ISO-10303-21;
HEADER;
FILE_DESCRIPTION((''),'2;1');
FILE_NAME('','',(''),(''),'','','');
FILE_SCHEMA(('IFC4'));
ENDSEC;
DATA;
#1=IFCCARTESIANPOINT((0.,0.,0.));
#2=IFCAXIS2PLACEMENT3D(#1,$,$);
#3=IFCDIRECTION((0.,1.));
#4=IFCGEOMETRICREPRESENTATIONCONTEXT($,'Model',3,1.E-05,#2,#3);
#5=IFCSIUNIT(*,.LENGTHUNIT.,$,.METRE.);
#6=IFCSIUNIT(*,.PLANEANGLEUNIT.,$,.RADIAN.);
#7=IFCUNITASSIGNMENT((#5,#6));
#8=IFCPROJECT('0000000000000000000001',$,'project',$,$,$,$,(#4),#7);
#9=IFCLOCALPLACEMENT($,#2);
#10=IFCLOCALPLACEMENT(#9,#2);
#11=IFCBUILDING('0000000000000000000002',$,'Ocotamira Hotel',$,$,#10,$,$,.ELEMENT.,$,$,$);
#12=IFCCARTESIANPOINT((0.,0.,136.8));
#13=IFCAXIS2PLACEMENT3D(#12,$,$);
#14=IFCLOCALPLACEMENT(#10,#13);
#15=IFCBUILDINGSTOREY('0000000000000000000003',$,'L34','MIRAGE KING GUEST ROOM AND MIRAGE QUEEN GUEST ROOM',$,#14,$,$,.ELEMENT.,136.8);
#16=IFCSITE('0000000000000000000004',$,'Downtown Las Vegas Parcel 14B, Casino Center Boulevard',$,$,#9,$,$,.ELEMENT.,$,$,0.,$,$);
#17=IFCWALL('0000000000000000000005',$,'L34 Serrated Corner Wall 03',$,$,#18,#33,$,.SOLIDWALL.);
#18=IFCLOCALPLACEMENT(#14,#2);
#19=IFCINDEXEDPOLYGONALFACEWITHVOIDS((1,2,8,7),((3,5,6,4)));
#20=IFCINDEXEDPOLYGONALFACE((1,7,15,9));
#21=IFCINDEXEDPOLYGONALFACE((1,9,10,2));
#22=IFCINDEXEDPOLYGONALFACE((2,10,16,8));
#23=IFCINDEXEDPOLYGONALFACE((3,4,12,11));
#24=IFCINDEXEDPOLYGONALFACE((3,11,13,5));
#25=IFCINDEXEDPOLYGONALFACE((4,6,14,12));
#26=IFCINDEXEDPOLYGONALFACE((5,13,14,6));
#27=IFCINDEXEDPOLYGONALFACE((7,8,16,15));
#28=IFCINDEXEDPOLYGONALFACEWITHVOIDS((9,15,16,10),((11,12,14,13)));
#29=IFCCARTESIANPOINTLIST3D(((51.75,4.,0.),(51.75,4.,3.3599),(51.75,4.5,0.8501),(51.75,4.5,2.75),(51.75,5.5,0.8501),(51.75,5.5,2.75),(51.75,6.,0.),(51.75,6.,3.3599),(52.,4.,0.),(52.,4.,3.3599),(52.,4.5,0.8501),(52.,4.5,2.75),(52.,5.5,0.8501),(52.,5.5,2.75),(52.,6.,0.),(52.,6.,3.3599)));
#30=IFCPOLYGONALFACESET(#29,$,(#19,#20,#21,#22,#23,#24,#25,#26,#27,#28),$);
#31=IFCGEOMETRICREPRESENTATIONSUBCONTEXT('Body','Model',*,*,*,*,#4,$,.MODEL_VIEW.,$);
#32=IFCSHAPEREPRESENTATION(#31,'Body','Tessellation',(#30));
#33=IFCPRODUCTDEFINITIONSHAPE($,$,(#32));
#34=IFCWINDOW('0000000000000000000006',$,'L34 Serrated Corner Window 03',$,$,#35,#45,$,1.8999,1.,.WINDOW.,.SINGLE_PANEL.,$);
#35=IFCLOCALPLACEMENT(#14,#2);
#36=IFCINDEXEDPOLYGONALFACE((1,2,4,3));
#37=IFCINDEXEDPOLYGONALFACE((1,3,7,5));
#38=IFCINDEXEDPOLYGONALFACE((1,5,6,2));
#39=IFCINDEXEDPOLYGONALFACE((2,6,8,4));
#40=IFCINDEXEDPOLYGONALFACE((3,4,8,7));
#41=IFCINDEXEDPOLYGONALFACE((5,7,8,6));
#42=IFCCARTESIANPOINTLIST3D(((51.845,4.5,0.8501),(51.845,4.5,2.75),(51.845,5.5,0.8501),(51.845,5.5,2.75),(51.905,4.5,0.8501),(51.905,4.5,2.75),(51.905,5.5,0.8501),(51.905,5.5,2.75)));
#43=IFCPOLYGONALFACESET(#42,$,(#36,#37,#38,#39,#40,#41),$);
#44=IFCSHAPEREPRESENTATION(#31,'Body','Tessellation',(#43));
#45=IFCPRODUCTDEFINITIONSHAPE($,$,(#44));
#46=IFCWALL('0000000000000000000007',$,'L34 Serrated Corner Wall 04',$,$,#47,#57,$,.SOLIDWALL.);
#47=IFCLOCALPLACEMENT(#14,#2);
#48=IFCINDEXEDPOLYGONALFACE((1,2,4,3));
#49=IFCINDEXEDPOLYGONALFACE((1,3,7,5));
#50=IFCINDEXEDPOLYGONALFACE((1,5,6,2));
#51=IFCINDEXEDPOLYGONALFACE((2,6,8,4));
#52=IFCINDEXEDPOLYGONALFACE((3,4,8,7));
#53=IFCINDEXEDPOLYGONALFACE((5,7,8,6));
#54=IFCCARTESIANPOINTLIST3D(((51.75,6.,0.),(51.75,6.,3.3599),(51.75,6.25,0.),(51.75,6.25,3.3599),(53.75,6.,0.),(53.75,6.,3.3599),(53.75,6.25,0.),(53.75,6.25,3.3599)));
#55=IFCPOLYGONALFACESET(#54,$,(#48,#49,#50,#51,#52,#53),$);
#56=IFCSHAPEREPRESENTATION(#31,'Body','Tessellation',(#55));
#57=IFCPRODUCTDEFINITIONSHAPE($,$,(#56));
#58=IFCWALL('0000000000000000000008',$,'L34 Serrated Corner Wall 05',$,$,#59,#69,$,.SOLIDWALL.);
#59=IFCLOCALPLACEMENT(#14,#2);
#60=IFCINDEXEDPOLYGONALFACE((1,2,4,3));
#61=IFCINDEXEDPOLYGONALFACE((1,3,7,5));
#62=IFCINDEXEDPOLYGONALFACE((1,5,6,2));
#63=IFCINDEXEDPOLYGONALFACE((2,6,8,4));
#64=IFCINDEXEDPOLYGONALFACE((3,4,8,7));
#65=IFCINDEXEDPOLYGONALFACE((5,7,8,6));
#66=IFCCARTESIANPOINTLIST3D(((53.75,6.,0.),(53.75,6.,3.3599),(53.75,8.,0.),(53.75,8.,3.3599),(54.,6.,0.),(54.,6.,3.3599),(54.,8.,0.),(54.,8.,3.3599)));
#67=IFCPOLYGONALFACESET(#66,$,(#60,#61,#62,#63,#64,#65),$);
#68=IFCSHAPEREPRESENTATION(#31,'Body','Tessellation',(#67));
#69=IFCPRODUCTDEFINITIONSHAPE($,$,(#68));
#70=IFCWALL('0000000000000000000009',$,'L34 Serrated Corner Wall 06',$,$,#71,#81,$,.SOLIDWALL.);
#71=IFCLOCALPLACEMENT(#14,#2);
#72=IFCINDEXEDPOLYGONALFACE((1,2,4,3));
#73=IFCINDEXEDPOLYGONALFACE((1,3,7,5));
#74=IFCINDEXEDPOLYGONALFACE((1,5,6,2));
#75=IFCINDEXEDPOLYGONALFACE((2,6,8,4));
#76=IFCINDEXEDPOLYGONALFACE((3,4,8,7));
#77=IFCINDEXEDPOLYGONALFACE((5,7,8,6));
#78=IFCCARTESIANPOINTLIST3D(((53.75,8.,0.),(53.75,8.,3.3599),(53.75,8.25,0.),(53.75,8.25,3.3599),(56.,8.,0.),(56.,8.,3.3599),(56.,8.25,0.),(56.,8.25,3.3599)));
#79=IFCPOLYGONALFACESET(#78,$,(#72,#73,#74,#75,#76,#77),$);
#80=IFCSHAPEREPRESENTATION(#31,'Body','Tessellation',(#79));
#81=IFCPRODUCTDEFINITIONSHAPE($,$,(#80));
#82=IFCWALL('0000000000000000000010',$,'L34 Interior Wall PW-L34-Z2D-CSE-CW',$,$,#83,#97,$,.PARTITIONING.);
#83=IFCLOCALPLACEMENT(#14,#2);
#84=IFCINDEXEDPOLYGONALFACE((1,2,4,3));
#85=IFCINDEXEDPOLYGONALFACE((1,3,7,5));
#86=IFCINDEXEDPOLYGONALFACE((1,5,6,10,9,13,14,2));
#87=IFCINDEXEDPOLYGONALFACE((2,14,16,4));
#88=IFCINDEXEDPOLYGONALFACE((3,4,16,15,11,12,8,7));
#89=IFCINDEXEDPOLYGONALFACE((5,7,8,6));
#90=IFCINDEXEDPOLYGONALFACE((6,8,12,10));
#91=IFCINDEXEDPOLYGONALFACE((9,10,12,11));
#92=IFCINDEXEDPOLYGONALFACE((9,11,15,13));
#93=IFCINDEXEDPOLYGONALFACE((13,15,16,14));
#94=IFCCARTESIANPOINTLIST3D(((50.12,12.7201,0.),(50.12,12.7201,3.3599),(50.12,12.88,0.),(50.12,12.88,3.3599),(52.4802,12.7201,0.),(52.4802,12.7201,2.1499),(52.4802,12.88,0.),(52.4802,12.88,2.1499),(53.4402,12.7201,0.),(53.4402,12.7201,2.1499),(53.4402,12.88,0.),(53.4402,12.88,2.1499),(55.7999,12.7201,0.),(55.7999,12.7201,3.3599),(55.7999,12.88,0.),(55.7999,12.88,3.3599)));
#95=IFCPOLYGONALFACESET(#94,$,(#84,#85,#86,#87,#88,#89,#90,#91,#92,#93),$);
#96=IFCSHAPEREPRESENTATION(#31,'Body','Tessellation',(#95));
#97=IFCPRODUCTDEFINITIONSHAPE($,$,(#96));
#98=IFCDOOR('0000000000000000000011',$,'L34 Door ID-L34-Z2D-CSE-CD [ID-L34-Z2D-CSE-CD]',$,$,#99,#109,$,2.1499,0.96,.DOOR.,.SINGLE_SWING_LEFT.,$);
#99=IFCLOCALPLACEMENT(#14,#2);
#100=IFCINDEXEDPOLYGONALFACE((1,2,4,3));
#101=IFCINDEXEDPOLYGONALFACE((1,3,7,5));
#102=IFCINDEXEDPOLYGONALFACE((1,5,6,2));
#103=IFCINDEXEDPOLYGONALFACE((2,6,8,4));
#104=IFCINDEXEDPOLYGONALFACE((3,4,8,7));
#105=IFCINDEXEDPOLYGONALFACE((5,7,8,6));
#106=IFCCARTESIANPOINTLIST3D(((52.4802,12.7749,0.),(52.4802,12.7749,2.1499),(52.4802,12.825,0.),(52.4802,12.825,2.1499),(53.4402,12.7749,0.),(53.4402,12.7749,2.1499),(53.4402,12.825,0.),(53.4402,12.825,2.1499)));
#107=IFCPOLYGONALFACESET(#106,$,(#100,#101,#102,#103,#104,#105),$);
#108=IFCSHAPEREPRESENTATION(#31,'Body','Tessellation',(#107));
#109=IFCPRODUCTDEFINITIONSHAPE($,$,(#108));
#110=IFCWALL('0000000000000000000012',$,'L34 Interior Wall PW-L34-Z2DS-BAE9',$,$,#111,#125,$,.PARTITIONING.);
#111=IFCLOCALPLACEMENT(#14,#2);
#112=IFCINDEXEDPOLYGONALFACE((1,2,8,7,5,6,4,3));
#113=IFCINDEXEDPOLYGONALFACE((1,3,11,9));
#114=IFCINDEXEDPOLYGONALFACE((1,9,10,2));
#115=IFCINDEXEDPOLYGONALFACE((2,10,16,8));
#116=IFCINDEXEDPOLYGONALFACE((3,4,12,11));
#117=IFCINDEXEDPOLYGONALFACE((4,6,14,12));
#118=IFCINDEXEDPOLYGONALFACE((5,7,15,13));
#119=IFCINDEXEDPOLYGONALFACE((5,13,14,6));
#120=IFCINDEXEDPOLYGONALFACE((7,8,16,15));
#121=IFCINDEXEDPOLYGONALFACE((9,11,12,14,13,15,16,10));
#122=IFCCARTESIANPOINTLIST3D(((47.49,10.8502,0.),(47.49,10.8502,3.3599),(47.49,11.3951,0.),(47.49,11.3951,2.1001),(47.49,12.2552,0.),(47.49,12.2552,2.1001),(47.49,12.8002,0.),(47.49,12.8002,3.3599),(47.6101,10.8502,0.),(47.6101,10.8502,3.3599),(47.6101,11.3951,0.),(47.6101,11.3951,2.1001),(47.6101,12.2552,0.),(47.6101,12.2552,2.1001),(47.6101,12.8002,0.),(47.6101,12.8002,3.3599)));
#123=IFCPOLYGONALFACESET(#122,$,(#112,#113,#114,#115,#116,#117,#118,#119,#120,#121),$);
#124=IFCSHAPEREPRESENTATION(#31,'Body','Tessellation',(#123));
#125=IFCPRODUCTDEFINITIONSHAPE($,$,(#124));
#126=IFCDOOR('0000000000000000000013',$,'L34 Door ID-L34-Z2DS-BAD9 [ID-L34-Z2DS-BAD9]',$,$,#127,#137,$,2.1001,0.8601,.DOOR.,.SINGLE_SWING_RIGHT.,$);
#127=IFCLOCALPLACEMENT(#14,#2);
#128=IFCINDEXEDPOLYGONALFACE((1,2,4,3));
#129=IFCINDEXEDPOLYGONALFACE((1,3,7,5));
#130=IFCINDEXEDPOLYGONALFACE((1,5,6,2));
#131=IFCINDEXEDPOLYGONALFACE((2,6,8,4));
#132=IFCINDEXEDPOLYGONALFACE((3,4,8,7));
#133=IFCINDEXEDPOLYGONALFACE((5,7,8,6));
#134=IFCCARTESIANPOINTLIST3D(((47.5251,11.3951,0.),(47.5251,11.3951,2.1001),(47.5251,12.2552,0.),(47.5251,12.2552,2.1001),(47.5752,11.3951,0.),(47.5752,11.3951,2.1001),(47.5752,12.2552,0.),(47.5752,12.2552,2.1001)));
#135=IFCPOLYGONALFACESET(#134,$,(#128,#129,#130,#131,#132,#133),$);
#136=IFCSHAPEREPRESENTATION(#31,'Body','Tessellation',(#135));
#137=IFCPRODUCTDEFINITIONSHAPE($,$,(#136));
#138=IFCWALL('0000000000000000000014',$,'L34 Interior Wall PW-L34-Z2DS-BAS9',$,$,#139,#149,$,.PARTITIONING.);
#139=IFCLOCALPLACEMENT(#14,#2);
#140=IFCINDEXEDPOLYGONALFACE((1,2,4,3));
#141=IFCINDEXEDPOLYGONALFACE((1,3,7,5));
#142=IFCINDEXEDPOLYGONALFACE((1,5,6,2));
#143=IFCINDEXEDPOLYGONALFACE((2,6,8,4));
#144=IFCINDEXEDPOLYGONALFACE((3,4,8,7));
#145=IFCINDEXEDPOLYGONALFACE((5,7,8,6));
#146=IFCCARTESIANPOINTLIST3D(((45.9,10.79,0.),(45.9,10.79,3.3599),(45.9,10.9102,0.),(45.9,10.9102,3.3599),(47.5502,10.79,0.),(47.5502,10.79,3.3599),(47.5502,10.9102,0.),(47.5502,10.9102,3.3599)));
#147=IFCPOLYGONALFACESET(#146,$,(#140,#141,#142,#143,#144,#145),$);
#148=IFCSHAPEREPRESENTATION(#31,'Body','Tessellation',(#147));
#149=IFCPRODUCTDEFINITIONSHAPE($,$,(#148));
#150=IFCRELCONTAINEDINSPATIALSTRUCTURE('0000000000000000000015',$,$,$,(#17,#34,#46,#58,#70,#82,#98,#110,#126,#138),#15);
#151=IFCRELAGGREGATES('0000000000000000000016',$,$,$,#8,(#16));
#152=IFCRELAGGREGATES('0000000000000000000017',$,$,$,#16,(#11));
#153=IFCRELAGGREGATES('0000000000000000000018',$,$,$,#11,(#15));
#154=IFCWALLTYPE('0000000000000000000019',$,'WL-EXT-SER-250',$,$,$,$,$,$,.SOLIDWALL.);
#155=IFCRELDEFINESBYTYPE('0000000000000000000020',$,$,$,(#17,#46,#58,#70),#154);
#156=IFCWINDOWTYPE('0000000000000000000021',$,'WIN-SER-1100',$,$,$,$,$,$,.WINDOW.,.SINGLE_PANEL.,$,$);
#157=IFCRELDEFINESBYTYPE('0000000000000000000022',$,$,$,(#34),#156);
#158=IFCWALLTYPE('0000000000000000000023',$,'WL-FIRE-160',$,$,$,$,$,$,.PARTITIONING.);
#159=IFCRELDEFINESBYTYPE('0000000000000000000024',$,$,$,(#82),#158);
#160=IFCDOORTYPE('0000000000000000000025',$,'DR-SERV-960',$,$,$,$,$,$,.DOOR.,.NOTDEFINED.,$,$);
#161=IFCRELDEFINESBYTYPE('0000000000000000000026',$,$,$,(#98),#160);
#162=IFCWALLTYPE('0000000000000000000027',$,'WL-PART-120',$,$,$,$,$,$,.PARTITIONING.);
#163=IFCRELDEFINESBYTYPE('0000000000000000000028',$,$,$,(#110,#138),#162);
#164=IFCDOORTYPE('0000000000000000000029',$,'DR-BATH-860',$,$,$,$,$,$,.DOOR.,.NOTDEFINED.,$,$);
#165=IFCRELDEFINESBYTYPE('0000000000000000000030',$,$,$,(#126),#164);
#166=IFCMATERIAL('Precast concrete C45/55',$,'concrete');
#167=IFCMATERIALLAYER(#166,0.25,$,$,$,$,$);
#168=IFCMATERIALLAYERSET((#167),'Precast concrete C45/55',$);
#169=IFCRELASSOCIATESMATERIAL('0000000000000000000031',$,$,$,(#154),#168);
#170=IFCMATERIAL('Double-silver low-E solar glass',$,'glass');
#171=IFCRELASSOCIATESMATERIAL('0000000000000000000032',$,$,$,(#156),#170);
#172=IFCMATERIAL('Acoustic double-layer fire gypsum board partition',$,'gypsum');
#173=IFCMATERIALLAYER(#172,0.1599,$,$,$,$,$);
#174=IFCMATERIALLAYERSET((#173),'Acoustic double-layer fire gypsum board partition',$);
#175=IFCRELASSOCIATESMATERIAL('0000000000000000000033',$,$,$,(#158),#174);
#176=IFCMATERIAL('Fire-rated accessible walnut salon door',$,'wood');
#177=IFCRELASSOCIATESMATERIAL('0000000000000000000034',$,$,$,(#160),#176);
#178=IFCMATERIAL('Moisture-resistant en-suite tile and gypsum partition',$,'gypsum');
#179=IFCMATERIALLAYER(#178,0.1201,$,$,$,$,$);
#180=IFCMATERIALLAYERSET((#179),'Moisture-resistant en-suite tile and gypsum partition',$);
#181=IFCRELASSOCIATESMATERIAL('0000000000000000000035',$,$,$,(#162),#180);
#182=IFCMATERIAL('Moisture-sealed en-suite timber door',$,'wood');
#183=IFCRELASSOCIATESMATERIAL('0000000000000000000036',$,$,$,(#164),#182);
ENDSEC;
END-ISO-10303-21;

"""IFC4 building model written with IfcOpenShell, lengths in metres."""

from ifc_helpers import new_model, si_unit, direction, frame, frame_2d, origin, place, context, subcontext, project, spatial, rectangle, extrude, source, transform, mapped, material, layer, layer_set, type_object, element, fill, save


model = new_model("IFC4")

# Units and contexts
model_context = context("Model", 3, precision=1e-05, world=origin(), true_north=direction((0.0, 1.0)))
body_context = subcontext(model_context, "Body", "Model", "MODEL_VIEW")
ifc_project = project(units=[si_unit("LENGTHUNIT", "METRE"), si_unit("PLANEANGLEUNIT", "RADIAN")], contexts=[model_context])

# Site, building, storey
site_placement = place(None, origin())
site = spatial("IfcSite", under=ifc_project, at=site_placement, Name="Downtown Las Vegas Parcel 14B, Casino Center Boulevard", CompositionType="ELEMENT", RefElevation=0.0)
building_placement = place(site_placement, origin())
building = spatial("IfcBuilding", under=site, at=building_placement, Name="Ocotamira Hotel", CompositionType="ELEMENT")
storey_placement = place(building_placement, frame((0.0, 0.0, 136.8)))
storey = spatial("IfcBuildingStorey", under=building, at=storey_placement, Name="L34", Description="MIRAGE KING GUEST ROOM AND MIRAGE QUEEN GUEST ROOM", CompositionType="ELEMENT", Elevation=136.8)

# Shared definitions
ifc_material_1 = material(Name="Precast concrete C45/55", Category="concrete")
ifc_layer_1 = layer(ifc_material_1, 0.25)
ifc_layer_set_1 = layer_set([ifc_layer_1], Name="Precast concrete C45/55")
wall_type_1 = type_object("IfcWallType", Name="WL-EXT-SER-250", PredefinedType="SOLIDWALL", material=ifc_layer_set_1)

# Wall, opening, window
wall_1_placement = place(storey_placement, frame((51.875, 4.0, 0.0), z_axis=(0.0, 0.0, 1.0), x_axis=(0.0, 1.0, 0.0)))
wall_1 = element("IfcWall", 1, at=wall_1_placement, inside=storey, type_object=wall_type_1, Name="L34 Serrated Corner Wall 03", PredefinedType="SOLIDWALL", context=body_context, shape_type="SweptSolid", body=[
    extrude(rectangle(XDim=2.0, YDim=0.25, at=frame_2d((1.0, 0.0))), origin(), (0.0, 0.0, 1.0), 3.3599),
])
opening_1_placement = place(wall_1_placement, frame((0.5, 0.0, 0.8501)))
opening_1 = element("IfcOpeningElement", 2, at=opening_1_placement, cuts=wall_1, PredefinedType="OPENING", context=body_context, shape_type="SweptSolid", body=[
    extrude(rectangle(XDim=1.0, YDim=1.8999, at=frame_2d((0.5, 0.95))), frame((0.0, 0.135, 0.0), z_axis=(0.0, -1.0, 0.0), x_axis=(1.0, 0.0, 0.0)), (0.0, 0.0, 1.0), 0.27),
])
ifc_material_2 = material(Name="Double-silver low-E solar glass", Category="glass")
window_type = type_object("IfcWindowType", Name="WIN-SER-1100", PartitioningType="SINGLE_PANEL", PredefinedType="WINDOW", material=ifc_material_2)
shared_shape_1 = source(origin(), body_context, "Body", "SweptSolid", [
    extrude(rectangle(XDim=1.0, YDim=1.8999, at=frame_2d((0.5, 0.95))), frame((0.0, 0.03, 0.0), z_axis=(0.0, -1.0, 0.0), x_axis=(1.0, 0.0, 0.0)), (0.0, 0.0, 1.0), 0.0601),
])
window_placement = place(opening_1_placement, origin())
window = element("IfcWindow", 3, at=window_placement, inside=storey, type_object=window_type, Name="L34 Serrated Corner Window 03", OverallHeight=1.8999, OverallWidth=1.0, PartitioningType="SINGLE_PANEL", PredefinedType="WINDOW", context=body_context, shape_type="MappedRepresentation", body=[
    mapped(shared_shape_1, transform((0.0, 0.0, 0.0), scale=1.0)),
])
fill(opening_1, window)

# Walls
for number, where, z_axis, x_axis, name in (
    (4, (51.75, 6.125, 0.0), (0.0, 0.0, 1.0), (1.0, 0.0, 0.0), "L34 Serrated Corner Wall 04"),
    (5, (53.875, 6.0, 0.0), (0.0, 0.0, 1.0), (0.0, 1.0, 0.0), "L34 Serrated Corner Wall 05"),
):
    element("IfcWall", number, at=place(storey_placement, frame(where, z_axis=z_axis, x_axis=x_axis)), inside=storey, type_object=wall_type_1, Name=name, PredefinedType="SOLIDWALL", context=body_context, shape_type="SweptSolid", body=[
        extrude(rectangle(XDim=2.0, YDim=0.25, at=frame_2d((1.0, 0.0))), origin(), (0.0, 0.0, 1.0), 3.3599),
    ])
wall_2_placement = place(storey_placement, frame((53.75, 8.125, 0.0), z_axis=(0.0, 0.0, 1.0), x_axis=(1.0, 0.0, 0.0)))
element("IfcWall", 6, at=wall_2_placement, inside=storey, type_object=wall_type_1, Name="L34 Serrated Corner Wall 06", PredefinedType="SOLIDWALL", context=body_context, shape_type="SweptSolid", body=[
    extrude(rectangle(XDim=2.25, YDim=0.25, at=frame_2d((1.125, 0.0))), origin(), (0.0, 0.0, 1.0), 3.3599),
])

# Walls, openings, doors
ifc_material_3 = material(Name="Acoustic double-layer fire gypsum board partition", Category="gypsum")
ifc_layer_2 = layer(ifc_material_3, 0.1599)
ifc_layer_set_2 = layer_set([ifc_layer_2], Name="Acoustic double-layer fire gypsum board partition")
wall_type_2 = type_object("IfcWallType", Name="WL-FIRE-160", PredefinedType="PARTITIONING", material=ifc_layer_set_2)
wall_3_placement = place(storey_placement, frame((50.1201, 12.8, 0.0), z_axis=(0.0, 0.0, 1.0), x_axis=(1.0, 0.0, 0.0)))
wall_3 = element("IfcWall", 7, at=wall_3_placement, inside=storey, type_object=wall_type_2, Name="L34 Interior Wall PW-L34-Z2D-CSE-CW", PredefinedType="PARTITIONING", context=body_context, shape_type="SweptSolid", body=[
    extrude(rectangle(XDim=5.6799, YDim=0.1599, at=frame_2d((2.8398, 0.0))), origin(), (0.0, 0.0, 1.0), 3.3599),
])
opening_2_placement = place(wall_3_placement, frame((2.3601, 0.0, 0.0)))
opening_2 = element("IfcOpeningElement", 8, at=opening_2_placement, cuts=wall_3, PredefinedType="OPENING", context=body_context, shape_type="SweptSolid", body=[
    extrude(rectangle(XDim=0.96, YDim=2.1499, at=frame_2d((0.48, 1.075))), frame((0.0, 0.0898, 0.0), z_axis=(0.0, -1.0, 0.0), x_axis=(1.0, 0.0, 0.0)), (0.0, 0.0, 1.0), 0.1799),
])
ifc_material_4 = material(Name="Fire-rated accessible walnut salon door", Category="wood")
door_type_1 = type_object("IfcDoorType", Name="DR-SERV-960", OperationType="NOTDEFINED", PredefinedType="DOOR", material=ifc_material_4)
shared_shape_2 = source(origin(), body_context, "Body", "SweptSolid", [
    extrude(rectangle(XDim=0.96, YDim=2.1499, at=frame_2d((0.48, 1.075))), frame((0.0, 0.0249, 0.0), z_axis=(0.0, -1.0, 0.0), x_axis=(1.0, 0.0, 0.0)), (0.0, 0.0, 1.0), 0.05),
])
door_1_placement = place(opening_2_placement, origin())
door_1 = element("IfcDoor", 9, at=door_1_placement, inside=storey, type_object=door_type_1, Name="L34 Door ID-L34-Z2D-CSE-CD [ID-L34-Z2D-CSE-CD]", OperationType="SINGLE_SWING_LEFT", OverallHeight=2.1499, OverallWidth=0.96, PredefinedType="DOOR", context=body_context, shape_type="MappedRepresentation", body=[
    mapped(shared_shape_2, transform((0.0, 0.0, 0.0), scale=1.0)),
])
fill(opening_2, door_1)
ifc_material_5 = material(Name="Moisture-resistant en-suite tile and gypsum partition", Category="gypsum")
ifc_layer_3 = layer(ifc_material_5, 0.1201)
ifc_layer_set_3 = layer_set([ifc_layer_3], Name="Moisture-resistant en-suite tile and gypsum partition")
wall_type_3 = type_object("IfcWallType", Name="WL-PART-120", PredefinedType="PARTITIONING", material=ifc_layer_set_3)
wall_4_placement = place(storey_placement, frame((47.55, 10.8501, 0.0), z_axis=(0.0, 0.0, 1.0), x_axis=(0.0, 1.0, 0.0)))
wall_4 = element("IfcWall", 10, at=wall_4_placement, inside=storey, type_object=wall_type_3, Name="L34 Interior Wall PW-L34-Z2DS-BAE9", PredefinedType="PARTITIONING", context=body_context, shape_type="SweptSolid", body=[
    extrude(rectangle(XDim=1.95, YDim=0.1201, at=frame_2d((0.9751, 0.0))), origin(), (0.0, 0.0, 1.0), 3.3599),
])
opening_3_placement = place(wall_4_placement, frame((0.5449, 0.0, 0.0)))
opening_3 = element("IfcOpeningElement", 11, at=opening_3_placement, cuts=wall_4, PredefinedType="OPENING", context=body_context, shape_type="SweptSolid", body=[
    extrude(rectangle(XDim=0.8601, YDim=2.1001, at=frame_2d((0.4302, 1.05))), frame((0.0, 0.0701, 0.0), z_axis=(0.0, -1.0, 0.0), x_axis=(1.0, 0.0, 0.0)), (0.0, 0.0, 1.0), 0.1401),
])
ifc_material_6 = material(Name="Moisture-sealed en-suite timber door", Category="wood")
door_type_2 = type_object("IfcDoorType", Name="DR-BATH-860", OperationType="NOTDEFINED", PredefinedType="DOOR", material=ifc_material_6)
shared_shape_3 = source(origin(), body_context, "Body", "SweptSolid", [
    extrude(rectangle(XDim=0.8601, YDim=2.1001, at=frame_2d((0.4302, 1.05))), frame((0.0, 0.0249, 0.0), z_axis=(0.0, -1.0, 0.0), x_axis=(1.0, 0.0, 0.0)), (0.0, 0.0, 1.0), 0.05),
])
door_2_placement = place(opening_3_placement, origin())
door_2 = element("IfcDoor", 12, at=door_2_placement, inside=storey, type_object=door_type_2, Name="L34 Door ID-L34-Z2DS-BAD9 [ID-L34-Z2DS-BAD9]", OperationType="SINGLE_SWING_RIGHT", OverallHeight=2.1001, OverallWidth=0.8601, PredefinedType="DOOR", context=body_context, shape_type="MappedRepresentation", body=[
    mapped(shared_shape_3, transform((0.0, 0.0, 0.0), scale=1.0)),
])
fill(opening_3, door_2)

# Wall
wall_5_placement = place(storey_placement, frame((45.8999, 10.8501, 0.0), z_axis=(0.0, 0.0, 1.0), x_axis=(1.0, 0.0, 0.0)))
element("IfcWall", 13, at=wall_5_placement, inside=storey, type_object=wall_type_3, Name="L34 Interior Wall PW-L34-Z2DS-BAS9", PredefinedType="PARTITIONING", context=body_context, shape_type="SweptSolid", body=[
    extrude(rectangle(XDim=1.6501, YDim=0.1201, at=frame_2d((0.8252, 0.0))), origin(), (0.0, 0.0, 1.0), 3.3599),
])

save(model, "model.ifc")
